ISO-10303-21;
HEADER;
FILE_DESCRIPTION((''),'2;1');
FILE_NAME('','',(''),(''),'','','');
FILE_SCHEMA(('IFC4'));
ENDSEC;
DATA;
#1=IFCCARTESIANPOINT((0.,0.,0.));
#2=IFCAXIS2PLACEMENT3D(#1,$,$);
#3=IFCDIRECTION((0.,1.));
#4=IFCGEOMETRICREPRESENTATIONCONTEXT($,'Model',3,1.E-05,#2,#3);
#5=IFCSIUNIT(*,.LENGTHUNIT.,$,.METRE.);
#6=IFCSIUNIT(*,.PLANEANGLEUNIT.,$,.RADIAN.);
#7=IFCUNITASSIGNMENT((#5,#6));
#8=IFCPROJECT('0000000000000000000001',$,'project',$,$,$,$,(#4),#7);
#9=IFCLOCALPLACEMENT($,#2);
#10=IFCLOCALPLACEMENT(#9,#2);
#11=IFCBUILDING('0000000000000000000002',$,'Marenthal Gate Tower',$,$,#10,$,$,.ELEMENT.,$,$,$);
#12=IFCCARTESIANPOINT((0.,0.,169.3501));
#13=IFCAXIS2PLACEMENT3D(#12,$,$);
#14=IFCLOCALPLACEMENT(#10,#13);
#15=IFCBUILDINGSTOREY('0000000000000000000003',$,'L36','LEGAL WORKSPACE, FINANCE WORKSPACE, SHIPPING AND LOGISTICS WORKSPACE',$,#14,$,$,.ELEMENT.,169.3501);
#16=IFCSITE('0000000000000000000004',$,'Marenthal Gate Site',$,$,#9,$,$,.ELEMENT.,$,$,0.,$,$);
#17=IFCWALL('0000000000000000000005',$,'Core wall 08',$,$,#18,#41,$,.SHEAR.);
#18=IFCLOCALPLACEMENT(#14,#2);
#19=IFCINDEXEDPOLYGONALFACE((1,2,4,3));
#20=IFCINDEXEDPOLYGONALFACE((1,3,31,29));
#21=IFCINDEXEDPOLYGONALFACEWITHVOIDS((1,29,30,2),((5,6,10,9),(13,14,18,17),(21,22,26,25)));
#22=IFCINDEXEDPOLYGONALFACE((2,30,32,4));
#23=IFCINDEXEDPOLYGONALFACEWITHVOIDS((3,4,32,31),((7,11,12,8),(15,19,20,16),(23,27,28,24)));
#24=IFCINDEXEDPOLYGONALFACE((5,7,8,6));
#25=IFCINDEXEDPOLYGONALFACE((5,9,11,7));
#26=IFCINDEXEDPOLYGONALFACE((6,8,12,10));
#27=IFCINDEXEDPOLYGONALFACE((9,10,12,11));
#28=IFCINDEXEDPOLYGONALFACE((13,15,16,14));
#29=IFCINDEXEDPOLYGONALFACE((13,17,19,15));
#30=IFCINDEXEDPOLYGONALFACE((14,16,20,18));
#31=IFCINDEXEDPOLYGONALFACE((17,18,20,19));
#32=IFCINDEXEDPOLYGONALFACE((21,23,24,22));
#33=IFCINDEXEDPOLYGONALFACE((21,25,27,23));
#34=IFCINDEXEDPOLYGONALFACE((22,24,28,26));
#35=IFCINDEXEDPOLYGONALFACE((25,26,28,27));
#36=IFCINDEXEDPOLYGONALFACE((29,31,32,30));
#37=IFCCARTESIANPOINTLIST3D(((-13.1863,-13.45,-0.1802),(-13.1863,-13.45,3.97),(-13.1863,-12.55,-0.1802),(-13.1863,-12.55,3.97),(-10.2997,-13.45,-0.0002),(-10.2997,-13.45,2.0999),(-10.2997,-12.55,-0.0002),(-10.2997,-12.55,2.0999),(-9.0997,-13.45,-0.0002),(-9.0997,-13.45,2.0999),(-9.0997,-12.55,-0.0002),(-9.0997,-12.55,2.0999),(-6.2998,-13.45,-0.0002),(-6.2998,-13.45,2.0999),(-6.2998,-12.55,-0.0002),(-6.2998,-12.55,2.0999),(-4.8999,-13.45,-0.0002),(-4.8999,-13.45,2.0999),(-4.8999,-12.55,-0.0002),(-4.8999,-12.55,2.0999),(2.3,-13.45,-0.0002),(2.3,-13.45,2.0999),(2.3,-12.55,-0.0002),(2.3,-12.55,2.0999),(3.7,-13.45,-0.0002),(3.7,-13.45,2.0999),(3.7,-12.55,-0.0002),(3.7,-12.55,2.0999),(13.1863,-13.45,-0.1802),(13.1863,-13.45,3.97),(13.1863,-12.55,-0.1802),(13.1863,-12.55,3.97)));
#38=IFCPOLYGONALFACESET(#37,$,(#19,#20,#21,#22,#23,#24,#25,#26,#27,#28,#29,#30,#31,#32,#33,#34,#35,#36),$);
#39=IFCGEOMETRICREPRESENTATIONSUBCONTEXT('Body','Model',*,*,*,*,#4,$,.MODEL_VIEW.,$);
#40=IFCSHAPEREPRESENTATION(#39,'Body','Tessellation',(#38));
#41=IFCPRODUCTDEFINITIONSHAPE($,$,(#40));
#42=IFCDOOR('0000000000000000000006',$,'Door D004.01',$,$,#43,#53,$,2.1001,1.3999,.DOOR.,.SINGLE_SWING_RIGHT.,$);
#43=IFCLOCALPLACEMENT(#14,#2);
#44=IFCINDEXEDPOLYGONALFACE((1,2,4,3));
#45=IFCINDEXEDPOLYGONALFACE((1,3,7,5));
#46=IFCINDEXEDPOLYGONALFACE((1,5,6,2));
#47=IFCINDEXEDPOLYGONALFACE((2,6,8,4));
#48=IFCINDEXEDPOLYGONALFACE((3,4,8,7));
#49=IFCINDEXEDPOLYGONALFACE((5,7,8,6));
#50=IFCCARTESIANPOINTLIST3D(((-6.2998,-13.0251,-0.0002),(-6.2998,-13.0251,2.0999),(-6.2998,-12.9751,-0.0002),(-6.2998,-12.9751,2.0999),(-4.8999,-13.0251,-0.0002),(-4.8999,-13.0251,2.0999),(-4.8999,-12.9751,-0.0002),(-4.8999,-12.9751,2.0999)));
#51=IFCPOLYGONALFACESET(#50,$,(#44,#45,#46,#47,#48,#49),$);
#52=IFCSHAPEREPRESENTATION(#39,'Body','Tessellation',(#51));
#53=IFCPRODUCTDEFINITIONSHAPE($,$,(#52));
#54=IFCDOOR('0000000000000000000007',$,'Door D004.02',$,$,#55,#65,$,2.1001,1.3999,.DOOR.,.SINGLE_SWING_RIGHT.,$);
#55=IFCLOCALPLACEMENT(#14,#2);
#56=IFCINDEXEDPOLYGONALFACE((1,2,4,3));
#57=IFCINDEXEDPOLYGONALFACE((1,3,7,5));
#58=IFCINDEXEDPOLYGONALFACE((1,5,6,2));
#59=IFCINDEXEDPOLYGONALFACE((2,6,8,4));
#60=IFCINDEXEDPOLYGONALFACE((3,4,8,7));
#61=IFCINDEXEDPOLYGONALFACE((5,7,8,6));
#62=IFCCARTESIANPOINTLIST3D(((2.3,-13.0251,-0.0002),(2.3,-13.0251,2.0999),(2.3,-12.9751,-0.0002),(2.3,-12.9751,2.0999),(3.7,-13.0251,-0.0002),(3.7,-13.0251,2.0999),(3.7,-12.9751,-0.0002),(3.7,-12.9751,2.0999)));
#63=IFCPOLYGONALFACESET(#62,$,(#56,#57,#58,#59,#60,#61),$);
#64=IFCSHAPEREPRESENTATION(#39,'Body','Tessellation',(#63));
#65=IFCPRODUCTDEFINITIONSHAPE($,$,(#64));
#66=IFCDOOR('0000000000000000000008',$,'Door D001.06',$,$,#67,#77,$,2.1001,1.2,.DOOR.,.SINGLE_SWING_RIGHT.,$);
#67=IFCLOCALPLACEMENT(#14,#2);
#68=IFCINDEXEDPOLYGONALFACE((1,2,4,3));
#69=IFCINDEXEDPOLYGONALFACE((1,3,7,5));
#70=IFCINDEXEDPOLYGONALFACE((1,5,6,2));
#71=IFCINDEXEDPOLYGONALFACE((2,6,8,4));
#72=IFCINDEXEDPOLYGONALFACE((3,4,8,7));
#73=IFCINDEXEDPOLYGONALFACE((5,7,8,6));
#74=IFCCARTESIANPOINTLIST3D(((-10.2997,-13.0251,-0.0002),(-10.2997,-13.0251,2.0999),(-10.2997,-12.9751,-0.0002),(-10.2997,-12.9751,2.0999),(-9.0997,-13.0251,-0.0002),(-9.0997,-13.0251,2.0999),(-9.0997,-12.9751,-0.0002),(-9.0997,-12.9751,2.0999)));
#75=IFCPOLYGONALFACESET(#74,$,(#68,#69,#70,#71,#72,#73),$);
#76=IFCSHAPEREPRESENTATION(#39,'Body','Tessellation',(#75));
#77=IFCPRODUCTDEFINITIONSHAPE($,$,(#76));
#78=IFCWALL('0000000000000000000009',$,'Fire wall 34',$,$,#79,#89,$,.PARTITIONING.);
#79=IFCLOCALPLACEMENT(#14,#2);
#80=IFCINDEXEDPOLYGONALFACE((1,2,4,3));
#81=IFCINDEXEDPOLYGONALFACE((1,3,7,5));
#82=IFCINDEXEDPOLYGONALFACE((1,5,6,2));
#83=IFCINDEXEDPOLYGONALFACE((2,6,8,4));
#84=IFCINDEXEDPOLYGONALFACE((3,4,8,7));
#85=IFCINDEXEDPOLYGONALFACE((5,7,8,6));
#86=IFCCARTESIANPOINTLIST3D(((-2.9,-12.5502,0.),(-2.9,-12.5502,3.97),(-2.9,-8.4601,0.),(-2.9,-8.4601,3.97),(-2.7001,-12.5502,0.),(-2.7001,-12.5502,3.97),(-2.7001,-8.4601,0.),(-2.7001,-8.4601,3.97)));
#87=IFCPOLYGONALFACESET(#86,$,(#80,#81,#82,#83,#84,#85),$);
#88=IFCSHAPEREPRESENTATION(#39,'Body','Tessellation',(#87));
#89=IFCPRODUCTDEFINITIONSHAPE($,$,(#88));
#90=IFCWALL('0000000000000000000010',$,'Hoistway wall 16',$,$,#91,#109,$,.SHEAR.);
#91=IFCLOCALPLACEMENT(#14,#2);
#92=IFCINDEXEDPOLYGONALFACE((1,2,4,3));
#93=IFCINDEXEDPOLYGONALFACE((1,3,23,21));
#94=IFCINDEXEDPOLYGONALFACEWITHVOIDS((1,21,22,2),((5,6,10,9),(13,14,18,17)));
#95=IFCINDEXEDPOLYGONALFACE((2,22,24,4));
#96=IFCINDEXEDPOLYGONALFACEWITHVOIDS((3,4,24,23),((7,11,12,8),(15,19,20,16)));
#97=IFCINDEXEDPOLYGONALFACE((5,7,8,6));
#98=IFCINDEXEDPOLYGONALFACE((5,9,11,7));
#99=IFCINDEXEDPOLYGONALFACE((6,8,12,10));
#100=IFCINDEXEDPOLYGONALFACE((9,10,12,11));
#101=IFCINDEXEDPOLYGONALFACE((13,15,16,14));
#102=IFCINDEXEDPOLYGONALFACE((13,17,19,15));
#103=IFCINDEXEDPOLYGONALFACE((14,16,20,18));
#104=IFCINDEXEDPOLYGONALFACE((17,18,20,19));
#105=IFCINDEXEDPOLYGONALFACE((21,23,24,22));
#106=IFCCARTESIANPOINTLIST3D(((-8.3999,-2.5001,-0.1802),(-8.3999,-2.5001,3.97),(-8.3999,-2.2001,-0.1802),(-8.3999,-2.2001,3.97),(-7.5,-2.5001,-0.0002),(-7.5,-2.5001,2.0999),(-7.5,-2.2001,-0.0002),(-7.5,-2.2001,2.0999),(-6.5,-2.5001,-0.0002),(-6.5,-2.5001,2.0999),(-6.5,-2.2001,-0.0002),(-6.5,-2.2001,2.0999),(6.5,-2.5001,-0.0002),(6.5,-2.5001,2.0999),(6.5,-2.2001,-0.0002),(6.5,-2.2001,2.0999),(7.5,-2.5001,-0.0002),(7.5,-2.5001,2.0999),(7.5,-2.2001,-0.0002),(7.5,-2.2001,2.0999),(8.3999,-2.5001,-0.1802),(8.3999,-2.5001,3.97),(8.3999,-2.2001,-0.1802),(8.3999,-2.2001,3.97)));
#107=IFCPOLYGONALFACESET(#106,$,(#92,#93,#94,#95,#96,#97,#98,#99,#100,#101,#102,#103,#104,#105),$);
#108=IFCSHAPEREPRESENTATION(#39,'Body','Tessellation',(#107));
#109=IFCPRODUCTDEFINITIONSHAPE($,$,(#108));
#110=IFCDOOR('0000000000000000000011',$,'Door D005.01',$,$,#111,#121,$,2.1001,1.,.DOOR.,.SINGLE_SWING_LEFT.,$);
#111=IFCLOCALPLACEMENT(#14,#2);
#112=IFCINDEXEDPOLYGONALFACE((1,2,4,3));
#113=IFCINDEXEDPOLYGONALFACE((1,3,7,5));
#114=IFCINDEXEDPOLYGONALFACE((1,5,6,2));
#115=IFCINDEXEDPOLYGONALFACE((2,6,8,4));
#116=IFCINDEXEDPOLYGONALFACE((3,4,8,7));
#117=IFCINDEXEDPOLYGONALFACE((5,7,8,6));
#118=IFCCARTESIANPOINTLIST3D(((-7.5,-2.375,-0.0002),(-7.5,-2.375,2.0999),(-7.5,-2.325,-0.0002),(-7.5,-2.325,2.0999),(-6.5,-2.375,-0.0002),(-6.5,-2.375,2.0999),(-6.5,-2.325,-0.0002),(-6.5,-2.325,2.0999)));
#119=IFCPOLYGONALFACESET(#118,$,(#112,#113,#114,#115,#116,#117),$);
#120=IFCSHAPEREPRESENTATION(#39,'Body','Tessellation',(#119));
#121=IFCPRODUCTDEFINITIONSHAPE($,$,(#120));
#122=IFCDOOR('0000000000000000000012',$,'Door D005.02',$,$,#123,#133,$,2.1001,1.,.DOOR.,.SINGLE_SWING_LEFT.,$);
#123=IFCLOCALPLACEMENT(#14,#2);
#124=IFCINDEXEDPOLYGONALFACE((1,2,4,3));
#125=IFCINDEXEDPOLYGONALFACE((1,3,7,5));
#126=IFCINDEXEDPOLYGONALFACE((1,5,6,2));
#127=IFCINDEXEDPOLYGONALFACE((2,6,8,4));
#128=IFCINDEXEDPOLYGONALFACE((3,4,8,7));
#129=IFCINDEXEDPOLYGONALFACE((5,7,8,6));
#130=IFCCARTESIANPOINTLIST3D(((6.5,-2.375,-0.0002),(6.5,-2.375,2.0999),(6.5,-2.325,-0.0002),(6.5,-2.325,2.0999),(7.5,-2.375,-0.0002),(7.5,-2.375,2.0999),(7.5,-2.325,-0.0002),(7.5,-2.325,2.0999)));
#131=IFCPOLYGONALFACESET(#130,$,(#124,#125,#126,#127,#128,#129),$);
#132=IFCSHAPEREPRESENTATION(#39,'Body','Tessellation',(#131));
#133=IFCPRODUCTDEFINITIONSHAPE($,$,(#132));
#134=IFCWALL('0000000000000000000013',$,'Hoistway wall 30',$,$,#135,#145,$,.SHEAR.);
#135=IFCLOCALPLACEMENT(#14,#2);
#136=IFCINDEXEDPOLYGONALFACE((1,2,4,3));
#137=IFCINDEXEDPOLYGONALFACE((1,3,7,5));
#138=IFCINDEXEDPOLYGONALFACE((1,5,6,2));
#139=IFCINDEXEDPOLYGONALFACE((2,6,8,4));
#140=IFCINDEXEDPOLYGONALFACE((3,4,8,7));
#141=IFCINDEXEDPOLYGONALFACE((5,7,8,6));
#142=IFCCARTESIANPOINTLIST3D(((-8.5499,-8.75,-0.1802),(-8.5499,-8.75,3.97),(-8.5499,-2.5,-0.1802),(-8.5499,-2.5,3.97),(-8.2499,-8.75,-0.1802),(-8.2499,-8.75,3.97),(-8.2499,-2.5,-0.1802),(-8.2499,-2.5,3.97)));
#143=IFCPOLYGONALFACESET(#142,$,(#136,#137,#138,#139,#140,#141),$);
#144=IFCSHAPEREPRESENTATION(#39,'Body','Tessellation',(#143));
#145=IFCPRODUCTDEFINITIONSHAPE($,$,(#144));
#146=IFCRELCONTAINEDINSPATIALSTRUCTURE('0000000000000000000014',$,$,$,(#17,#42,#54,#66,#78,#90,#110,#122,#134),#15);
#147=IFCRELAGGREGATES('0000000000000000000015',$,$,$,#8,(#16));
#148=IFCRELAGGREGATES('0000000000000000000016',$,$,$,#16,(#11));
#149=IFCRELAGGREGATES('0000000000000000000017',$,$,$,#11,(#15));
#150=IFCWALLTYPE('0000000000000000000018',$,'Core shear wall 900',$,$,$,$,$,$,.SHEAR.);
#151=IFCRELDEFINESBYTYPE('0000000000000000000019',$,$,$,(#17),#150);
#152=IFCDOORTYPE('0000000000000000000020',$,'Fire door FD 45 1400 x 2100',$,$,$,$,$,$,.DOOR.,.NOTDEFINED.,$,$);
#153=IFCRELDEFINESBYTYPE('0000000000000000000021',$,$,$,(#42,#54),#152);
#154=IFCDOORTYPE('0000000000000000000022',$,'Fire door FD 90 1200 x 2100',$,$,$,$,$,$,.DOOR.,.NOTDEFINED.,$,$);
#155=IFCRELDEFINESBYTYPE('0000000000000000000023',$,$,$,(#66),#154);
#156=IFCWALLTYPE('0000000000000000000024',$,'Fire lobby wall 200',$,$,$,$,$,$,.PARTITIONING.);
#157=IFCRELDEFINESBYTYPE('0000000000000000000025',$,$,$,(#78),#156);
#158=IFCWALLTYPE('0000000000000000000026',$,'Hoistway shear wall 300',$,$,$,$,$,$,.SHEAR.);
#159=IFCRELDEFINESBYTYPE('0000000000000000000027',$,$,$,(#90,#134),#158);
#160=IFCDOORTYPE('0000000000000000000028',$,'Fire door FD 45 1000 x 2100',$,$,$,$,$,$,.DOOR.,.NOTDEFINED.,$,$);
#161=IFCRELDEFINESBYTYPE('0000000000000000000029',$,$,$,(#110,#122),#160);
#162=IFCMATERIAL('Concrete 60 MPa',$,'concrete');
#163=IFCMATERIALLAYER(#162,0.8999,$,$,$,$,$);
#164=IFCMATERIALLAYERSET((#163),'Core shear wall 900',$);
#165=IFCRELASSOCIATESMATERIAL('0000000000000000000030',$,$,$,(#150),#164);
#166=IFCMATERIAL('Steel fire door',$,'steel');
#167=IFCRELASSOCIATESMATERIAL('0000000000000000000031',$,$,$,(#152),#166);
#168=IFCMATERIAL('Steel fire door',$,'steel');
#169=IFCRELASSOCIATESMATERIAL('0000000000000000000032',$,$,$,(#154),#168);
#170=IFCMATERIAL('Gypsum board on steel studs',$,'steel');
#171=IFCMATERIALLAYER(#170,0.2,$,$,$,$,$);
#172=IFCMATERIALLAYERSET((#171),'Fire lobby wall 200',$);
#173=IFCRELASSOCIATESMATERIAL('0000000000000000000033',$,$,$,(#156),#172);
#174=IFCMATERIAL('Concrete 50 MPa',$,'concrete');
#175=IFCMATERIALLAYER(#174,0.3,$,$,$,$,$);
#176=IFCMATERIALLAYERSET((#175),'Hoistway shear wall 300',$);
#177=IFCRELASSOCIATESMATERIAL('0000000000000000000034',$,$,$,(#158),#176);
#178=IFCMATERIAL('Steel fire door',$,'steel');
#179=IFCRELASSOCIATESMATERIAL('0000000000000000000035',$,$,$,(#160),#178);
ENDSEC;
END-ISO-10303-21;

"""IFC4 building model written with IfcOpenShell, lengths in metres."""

from ifc_helpers import new_model, si_unit, direction, frame, frame_2d, origin, place, context, subcontext, project, spatial, rectangle, extrude, material, layer, layer_set, type_object, element, fill, save


model = new_model("IFC4")

# Units and contexts
model_context = context("Model", 3, precision=1e-05, world=origin(), true_north=direction((0.0, 1.0)))
body_context = subcontext(model_context, "Body", "Model", "MODEL_VIEW")
ifc_project = project(units=[si_unit("LENGTHUNIT", "METRE"), si_unit("PLANEANGLEUNIT", "RADIAN")], contexts=[model_context])

# Site, building, storey
site_placement = place(None, origin())
site = spatial("IfcSite", under=ifc_project, at=site_placement, Name="Marenthal Gate Site", CompositionType="ELEMENT", RefElevation=0.0)
building_placement = place(site_placement, origin())
building = spatial("IfcBuilding", under=site, at=building_placement, Name="Marenthal Gate Tower", CompositionType="ELEMENT")
storey_placement = place(building_placement, frame((0.0, 0.0, 169.3501)))
storey = spatial("IfcBuildingStorey", under=building, at=storey_placement, Name="L36", Description="LEGAL WORKSPACE, FINANCE WORKSPACE, SHIPPING AND LOGISTICS WORKSPACE", CompositionType="ELEMENT", Elevation=169.3501)

# Wall, openings, doors
ifc_material_1 = material(Name="Concrete 60 MPa", Category="concrete")
ifc_layer_1 = layer(ifc_material_1, 0.8999)
ifc_layer_set_1 = layer_set([ifc_layer_1], Name="Core shear wall 900")
wall_type_1 = type_object("IfcWallType", Name="Core shear wall 900", PredefinedType="SHEAR", material=ifc_layer_set_1)
wall_1_placement = place(storey_placement, frame((-13.1863, -13.0, -0.1802), z_axis=(0.0, 0.0, 1.0), x_axis=(1.0, 0.0, 0.0)))
wall_1 = element("IfcWall", 1, at=wall_1_placement, inside=storey, type_object=wall_type_1, Name="Core wall 08", PredefinedType="SHEAR", context=body_context, shape_type="SweptSolid", body=[
    extrude(rectangle(XDim=26.3726, YDim=0.8999, at=frame_2d((13.1863, 0.0))), origin(), (0.0, 0.0, 1.0), 4.1501),
])
opening_1_placement = place(wall_1_placement, frame((2.8865, 0.0, 0.1799)))
opening_1 = element("IfcOpeningElement", 2, at=opening_1_placement, cuts=wall_1, PredefinedType="OPENING", context=body_context, shape_type="SweptSolid", body=[
    extrude(rectangle(XDim=1.2, YDim=2.1001, at=frame_2d((0.6001, 1.05))), frame((0.0, 0.46, 0.0), z_axis=(0.0, -1.0, 0.0), x_axis=(1.0, 0.0, 0.0)), (0.0, 0.0, 1.0), 0.9199),
])
opening_2_placement = place(wall_1_placement, frame((6.8865, 0.0, 0.1799)))
opening_2 = element("IfcOpeningElement", 3, at=opening_2_placement, cuts=wall_1, PredefinedType="OPENING", context=body_context, shape_type="SweptSolid", body=[
    extrude(rectangle(XDim=1.3999, YDim=2.1001, at=frame_2d((0.7, 1.05))), frame((0.0, 0.46, 0.0), z_axis=(0.0, -1.0, 0.0), x_axis=(1.0, 0.0, 0.0)), (0.0, 0.0, 1.0), 0.9199),
])
opening_3_placement = place(wall_1_placement, frame((15.4863, 0.0, 0.1799)))
opening_3 = element("IfcOpeningElement", 4, at=opening_3_placement, cuts=wall_1, PredefinedType="OPENING", context=body_context, shape_type="SweptSolid", body=[
    extrude(rectangle(XDim=1.3999, YDim=2.1001, at=frame_2d((0.7, 1.05))), frame((0.0, 0.46, 0.0), z_axis=(0.0, -1.0, 0.0), x_axis=(1.0, 0.0, 0.0)), (0.0, 0.0, 1.0), 0.9199),
])
ifc_material_2 = material(Name="Steel fire door", Category="steel")
door_type_1 = type_object("IfcDoorType", Name="Fire door FD 45 1400 x 2100", OperationType="NOTDEFINED", PredefinedType="DOOR", material=ifc_material_2)
door_1_placement = place(opening_2_placement, origin())
door_1 = element("IfcDoor", 5, at=door_1_placement, inside=storey, type_object=door_type_1, Name="Door D004.01", OperationType="SINGLE_SWING_RIGHT", OverallHeight=2.1001, OverallWidth=1.3999, PredefinedType="DOOR", context=body_context, shape_type="SweptSolid", body=[
    extrude(rectangle(XDim=1.3999, YDim=2.1001, at=frame_2d((0.7, 1.05))), frame((0.0, 0.0249, 0.0), z_axis=(0.0, -1.0, 0.0), x_axis=(1.0, 0.0, 0.0)), (0.0, 0.0, 1.0), 0.05),
])
fill(opening_2, door_1)
door_2_placement = place(opening_3_placement, origin())
door_2 = element("IfcDoor", 6, at=door_2_placement, inside=storey, type_object=door_type_1, Name="Door D004.02", OperationType="SINGLE_SWING_RIGHT", OverallHeight=2.1001, OverallWidth=1.3999, PredefinedType="DOOR", context=body_context, shape_type="SweptSolid", body=[
    extrude(rectangle(XDim=1.3999, YDim=2.1001, at=frame_2d((0.7, 1.05))), frame((0.0, 0.0249, 0.0), z_axis=(0.0, -1.0, 0.0), x_axis=(1.0, 0.0, 0.0)), (0.0, 0.0, 1.0), 0.05),
])
fill(opening_3, door_2)
ifc_material_3 = material(Name="Steel fire door", Category="steel")
door_type_2 = type_object("IfcDoorType", Name="Fire door FD 90 1200 x 2100", OperationType="NOTDEFINED", PredefinedType="DOOR", material=ifc_material_3)
door_3_placement = place(opening_1_placement, origin())
door_3 = element("IfcDoor", 7, at=door_3_placement, inside=storey, type_object=door_type_2, Name="Door D001.06", OperationType="SINGLE_SWING_RIGHT", OverallHeight=2.1001, OverallWidth=1.2, PredefinedType="DOOR", context=body_context, shape_type="SweptSolid", body=[
    extrude(rectangle(XDim=1.2, YDim=2.1001, at=frame_2d((0.6001, 1.05))), frame((0.0, 0.0249, 0.0), z_axis=(0.0, -1.0, 0.0), x_axis=(1.0, 0.0, 0.0)), (0.0, 0.0, 1.0), 0.05),
])
fill(opening_1, door_3)

# Wall
ifc_material_4 = material(Name="Gypsum board on steel studs", Category="steel")
ifc_layer_2 = layer(ifc_material_4, 0.2)
ifc_layer_set_2 = layer_set([ifc_layer_2], Name="Fire lobby wall 200")
wall_type_2 = type_object("IfcWallType", Name="Fire lobby wall 200", PredefinedType="PARTITIONING", material=ifc_layer_set_2)
wall_2_placement = place(storey_placement, frame((-2.8, -12.55, 0.0), z_axis=(0.0, 0.0, 1.0), x_axis=(0.0, 1.0, 0.0)))
element("IfcWall", 8, at=wall_2_placement, inside=storey, type_object=wall_type_2, Name="Fire wall 34", PredefinedType="PARTITIONING", context=body_context, shape_type="SweptSolid", body=[
    extrude(rectangle(XDim=4.0901, YDim=0.2, at=frame_2d((2.0449, 0.0))), origin(), (0.0, 0.0, 1.0), 3.97),
])

# Wall, openings, doors
ifc_material_5 = material(Name="Concrete 50 MPa", Category="concrete")
ifc_layer_3 = layer(ifc_material_5, 0.3)
ifc_layer_set_3 = layer_set([ifc_layer_3], Name="Hoistway shear wall 300")
wall_type_3 = type_object("IfcWallType", Name="Hoistway shear wall 300", PredefinedType="SHEAR", material=ifc_layer_set_3)
wall_3_placement = place(storey_placement, frame((-8.3999, -2.3501, -0.1802), z_axis=(0.0, 0.0, 1.0), x_axis=(1.0, 0.0, 0.0)))
wall_3 = element("IfcWall", 9, at=wall_3_placement, inside=storey, type_object=wall_type_3, Name="Hoistway wall 16", PredefinedType="SHEAR", context=body_context, shape_type="SweptSolid", body=[
    extrude(rectangle(XDim=16.7998, YDim=0.3, at=frame_2d((8.3999, 0.0))), origin(), (0.0, 0.0, 1.0), 4.1501),
])
opening_4_placement = place(wall_3_placement, frame((0.8999, 0.0, 0.1799)))
opening_4 = element("IfcOpeningElement", 10, at=opening_4_placement, cuts=wall_3, PredefinedType="OPENING", context=body_context, shape_type="SweptSolid", body=[
    extrude(rectangle(XDim=1.0, YDim=2.1001, at=frame_2d((0.5, 1.05))), frame((0.0, 0.1602, 0.0), z_axis=(0.0, -1.0, 0.0), x_axis=(1.0, 0.0, 0.0)), (0.0, 0.0, 1.0), 0.3201),
])
opening_5_placement = place(wall_3_placement, frame((14.8999, 0.0, 0.1799)))
opening_5 = element("IfcOpeningElement", 11, at=opening_5_placement, cuts=wall_3, PredefinedType="OPENING", context=body_context, shape_type="SweptSolid", body=[
    extrude(rectangle(XDim=1.0, YDim=2.1001, at=frame_2d((0.5, 1.05))), frame((0.0, 0.1602, 0.0), z_axis=(0.0, -1.0, 0.0), x_axis=(1.0, 0.0, 0.0)), (0.0, 0.0, 1.0), 0.3201),
])
ifc_material_6 = material(Name="Steel fire door", Category="steel")
door_type_3 = type_object("IfcDoorType", Name="Fire door FD 45 1000 x 2100", OperationType="NOTDEFINED", PredefinedType="DOOR", material=ifc_material_6)
door_4_placement = place(opening_4_placement, frame((1.0, 0.0, 0.0), z_axis=(0.0, 0.0, 1.0), x_axis=(-1.0, 0.0, 0.0)))
door_4 = element("IfcDoor", 12, at=door_4_placement, inside=storey, type_object=door_type_3, Name="Door D005.01", OperationType="SINGLE_SWING_LEFT", OverallHeight=2.1001, OverallWidth=1.0, PredefinedType="DOOR", context=body_context, shape_type="SweptSolid", body=[
    extrude(rectangle(XDim=1.0, YDim=2.1001, at=frame_2d((0.5, 1.05))), frame((0.0, 0.0249, 0.0), z_axis=(0.0, -1.0, 0.0), x_axis=(1.0, 0.0, 0.0)), (0.0, 0.0, 1.0), 0.05),
])
fill(opening_4, door_4)
door_5_placement = place(opening_5_placement, frame((1.0, 0.0, 0.0), z_axis=(0.0, 0.0, 1.0), x_axis=(-1.0, 0.0, 0.0)))
door_5 = element("IfcDoor", 13, at=door_5_placement, inside=storey, type_object=door_type_3, Name="Door D005.02", OperationType="SINGLE_SWING_LEFT", OverallHeight=2.1001, OverallWidth=1.0, PredefinedType="DOOR", context=body_context, shape_type="SweptSolid", body=[
    extrude(rectangle(XDim=1.0, YDim=2.1001, at=frame_2d((0.5, 1.05))), frame((0.0, 0.0249, 0.0), z_axis=(0.0, -1.0, 0.0), x_axis=(1.0, 0.0, 0.0)), (0.0, 0.0, 1.0), 0.05),
])
fill(opening_5, door_5)

# Wall
wall_4_placement = place(storey_placement, frame((-8.3999, -8.75, -0.1802), z_axis=(0.0, 0.0, 1.0), x_axis=(0.0, 1.0, 0.0)))
element("IfcWall", 14, at=wall_4_placement, inside=storey, type_object=wall_type_3, Name="Hoistway wall 30", PredefinedType="SHEAR", context=body_context, shape_type="SweptSolid", body=[
    extrude(rectangle(XDim=6.25, YDim=0.3, at=frame_2d((3.125, 0.0))), origin(), (0.0, 0.0, 1.0), 4.1501),
])

save(model, "model.ifc")
